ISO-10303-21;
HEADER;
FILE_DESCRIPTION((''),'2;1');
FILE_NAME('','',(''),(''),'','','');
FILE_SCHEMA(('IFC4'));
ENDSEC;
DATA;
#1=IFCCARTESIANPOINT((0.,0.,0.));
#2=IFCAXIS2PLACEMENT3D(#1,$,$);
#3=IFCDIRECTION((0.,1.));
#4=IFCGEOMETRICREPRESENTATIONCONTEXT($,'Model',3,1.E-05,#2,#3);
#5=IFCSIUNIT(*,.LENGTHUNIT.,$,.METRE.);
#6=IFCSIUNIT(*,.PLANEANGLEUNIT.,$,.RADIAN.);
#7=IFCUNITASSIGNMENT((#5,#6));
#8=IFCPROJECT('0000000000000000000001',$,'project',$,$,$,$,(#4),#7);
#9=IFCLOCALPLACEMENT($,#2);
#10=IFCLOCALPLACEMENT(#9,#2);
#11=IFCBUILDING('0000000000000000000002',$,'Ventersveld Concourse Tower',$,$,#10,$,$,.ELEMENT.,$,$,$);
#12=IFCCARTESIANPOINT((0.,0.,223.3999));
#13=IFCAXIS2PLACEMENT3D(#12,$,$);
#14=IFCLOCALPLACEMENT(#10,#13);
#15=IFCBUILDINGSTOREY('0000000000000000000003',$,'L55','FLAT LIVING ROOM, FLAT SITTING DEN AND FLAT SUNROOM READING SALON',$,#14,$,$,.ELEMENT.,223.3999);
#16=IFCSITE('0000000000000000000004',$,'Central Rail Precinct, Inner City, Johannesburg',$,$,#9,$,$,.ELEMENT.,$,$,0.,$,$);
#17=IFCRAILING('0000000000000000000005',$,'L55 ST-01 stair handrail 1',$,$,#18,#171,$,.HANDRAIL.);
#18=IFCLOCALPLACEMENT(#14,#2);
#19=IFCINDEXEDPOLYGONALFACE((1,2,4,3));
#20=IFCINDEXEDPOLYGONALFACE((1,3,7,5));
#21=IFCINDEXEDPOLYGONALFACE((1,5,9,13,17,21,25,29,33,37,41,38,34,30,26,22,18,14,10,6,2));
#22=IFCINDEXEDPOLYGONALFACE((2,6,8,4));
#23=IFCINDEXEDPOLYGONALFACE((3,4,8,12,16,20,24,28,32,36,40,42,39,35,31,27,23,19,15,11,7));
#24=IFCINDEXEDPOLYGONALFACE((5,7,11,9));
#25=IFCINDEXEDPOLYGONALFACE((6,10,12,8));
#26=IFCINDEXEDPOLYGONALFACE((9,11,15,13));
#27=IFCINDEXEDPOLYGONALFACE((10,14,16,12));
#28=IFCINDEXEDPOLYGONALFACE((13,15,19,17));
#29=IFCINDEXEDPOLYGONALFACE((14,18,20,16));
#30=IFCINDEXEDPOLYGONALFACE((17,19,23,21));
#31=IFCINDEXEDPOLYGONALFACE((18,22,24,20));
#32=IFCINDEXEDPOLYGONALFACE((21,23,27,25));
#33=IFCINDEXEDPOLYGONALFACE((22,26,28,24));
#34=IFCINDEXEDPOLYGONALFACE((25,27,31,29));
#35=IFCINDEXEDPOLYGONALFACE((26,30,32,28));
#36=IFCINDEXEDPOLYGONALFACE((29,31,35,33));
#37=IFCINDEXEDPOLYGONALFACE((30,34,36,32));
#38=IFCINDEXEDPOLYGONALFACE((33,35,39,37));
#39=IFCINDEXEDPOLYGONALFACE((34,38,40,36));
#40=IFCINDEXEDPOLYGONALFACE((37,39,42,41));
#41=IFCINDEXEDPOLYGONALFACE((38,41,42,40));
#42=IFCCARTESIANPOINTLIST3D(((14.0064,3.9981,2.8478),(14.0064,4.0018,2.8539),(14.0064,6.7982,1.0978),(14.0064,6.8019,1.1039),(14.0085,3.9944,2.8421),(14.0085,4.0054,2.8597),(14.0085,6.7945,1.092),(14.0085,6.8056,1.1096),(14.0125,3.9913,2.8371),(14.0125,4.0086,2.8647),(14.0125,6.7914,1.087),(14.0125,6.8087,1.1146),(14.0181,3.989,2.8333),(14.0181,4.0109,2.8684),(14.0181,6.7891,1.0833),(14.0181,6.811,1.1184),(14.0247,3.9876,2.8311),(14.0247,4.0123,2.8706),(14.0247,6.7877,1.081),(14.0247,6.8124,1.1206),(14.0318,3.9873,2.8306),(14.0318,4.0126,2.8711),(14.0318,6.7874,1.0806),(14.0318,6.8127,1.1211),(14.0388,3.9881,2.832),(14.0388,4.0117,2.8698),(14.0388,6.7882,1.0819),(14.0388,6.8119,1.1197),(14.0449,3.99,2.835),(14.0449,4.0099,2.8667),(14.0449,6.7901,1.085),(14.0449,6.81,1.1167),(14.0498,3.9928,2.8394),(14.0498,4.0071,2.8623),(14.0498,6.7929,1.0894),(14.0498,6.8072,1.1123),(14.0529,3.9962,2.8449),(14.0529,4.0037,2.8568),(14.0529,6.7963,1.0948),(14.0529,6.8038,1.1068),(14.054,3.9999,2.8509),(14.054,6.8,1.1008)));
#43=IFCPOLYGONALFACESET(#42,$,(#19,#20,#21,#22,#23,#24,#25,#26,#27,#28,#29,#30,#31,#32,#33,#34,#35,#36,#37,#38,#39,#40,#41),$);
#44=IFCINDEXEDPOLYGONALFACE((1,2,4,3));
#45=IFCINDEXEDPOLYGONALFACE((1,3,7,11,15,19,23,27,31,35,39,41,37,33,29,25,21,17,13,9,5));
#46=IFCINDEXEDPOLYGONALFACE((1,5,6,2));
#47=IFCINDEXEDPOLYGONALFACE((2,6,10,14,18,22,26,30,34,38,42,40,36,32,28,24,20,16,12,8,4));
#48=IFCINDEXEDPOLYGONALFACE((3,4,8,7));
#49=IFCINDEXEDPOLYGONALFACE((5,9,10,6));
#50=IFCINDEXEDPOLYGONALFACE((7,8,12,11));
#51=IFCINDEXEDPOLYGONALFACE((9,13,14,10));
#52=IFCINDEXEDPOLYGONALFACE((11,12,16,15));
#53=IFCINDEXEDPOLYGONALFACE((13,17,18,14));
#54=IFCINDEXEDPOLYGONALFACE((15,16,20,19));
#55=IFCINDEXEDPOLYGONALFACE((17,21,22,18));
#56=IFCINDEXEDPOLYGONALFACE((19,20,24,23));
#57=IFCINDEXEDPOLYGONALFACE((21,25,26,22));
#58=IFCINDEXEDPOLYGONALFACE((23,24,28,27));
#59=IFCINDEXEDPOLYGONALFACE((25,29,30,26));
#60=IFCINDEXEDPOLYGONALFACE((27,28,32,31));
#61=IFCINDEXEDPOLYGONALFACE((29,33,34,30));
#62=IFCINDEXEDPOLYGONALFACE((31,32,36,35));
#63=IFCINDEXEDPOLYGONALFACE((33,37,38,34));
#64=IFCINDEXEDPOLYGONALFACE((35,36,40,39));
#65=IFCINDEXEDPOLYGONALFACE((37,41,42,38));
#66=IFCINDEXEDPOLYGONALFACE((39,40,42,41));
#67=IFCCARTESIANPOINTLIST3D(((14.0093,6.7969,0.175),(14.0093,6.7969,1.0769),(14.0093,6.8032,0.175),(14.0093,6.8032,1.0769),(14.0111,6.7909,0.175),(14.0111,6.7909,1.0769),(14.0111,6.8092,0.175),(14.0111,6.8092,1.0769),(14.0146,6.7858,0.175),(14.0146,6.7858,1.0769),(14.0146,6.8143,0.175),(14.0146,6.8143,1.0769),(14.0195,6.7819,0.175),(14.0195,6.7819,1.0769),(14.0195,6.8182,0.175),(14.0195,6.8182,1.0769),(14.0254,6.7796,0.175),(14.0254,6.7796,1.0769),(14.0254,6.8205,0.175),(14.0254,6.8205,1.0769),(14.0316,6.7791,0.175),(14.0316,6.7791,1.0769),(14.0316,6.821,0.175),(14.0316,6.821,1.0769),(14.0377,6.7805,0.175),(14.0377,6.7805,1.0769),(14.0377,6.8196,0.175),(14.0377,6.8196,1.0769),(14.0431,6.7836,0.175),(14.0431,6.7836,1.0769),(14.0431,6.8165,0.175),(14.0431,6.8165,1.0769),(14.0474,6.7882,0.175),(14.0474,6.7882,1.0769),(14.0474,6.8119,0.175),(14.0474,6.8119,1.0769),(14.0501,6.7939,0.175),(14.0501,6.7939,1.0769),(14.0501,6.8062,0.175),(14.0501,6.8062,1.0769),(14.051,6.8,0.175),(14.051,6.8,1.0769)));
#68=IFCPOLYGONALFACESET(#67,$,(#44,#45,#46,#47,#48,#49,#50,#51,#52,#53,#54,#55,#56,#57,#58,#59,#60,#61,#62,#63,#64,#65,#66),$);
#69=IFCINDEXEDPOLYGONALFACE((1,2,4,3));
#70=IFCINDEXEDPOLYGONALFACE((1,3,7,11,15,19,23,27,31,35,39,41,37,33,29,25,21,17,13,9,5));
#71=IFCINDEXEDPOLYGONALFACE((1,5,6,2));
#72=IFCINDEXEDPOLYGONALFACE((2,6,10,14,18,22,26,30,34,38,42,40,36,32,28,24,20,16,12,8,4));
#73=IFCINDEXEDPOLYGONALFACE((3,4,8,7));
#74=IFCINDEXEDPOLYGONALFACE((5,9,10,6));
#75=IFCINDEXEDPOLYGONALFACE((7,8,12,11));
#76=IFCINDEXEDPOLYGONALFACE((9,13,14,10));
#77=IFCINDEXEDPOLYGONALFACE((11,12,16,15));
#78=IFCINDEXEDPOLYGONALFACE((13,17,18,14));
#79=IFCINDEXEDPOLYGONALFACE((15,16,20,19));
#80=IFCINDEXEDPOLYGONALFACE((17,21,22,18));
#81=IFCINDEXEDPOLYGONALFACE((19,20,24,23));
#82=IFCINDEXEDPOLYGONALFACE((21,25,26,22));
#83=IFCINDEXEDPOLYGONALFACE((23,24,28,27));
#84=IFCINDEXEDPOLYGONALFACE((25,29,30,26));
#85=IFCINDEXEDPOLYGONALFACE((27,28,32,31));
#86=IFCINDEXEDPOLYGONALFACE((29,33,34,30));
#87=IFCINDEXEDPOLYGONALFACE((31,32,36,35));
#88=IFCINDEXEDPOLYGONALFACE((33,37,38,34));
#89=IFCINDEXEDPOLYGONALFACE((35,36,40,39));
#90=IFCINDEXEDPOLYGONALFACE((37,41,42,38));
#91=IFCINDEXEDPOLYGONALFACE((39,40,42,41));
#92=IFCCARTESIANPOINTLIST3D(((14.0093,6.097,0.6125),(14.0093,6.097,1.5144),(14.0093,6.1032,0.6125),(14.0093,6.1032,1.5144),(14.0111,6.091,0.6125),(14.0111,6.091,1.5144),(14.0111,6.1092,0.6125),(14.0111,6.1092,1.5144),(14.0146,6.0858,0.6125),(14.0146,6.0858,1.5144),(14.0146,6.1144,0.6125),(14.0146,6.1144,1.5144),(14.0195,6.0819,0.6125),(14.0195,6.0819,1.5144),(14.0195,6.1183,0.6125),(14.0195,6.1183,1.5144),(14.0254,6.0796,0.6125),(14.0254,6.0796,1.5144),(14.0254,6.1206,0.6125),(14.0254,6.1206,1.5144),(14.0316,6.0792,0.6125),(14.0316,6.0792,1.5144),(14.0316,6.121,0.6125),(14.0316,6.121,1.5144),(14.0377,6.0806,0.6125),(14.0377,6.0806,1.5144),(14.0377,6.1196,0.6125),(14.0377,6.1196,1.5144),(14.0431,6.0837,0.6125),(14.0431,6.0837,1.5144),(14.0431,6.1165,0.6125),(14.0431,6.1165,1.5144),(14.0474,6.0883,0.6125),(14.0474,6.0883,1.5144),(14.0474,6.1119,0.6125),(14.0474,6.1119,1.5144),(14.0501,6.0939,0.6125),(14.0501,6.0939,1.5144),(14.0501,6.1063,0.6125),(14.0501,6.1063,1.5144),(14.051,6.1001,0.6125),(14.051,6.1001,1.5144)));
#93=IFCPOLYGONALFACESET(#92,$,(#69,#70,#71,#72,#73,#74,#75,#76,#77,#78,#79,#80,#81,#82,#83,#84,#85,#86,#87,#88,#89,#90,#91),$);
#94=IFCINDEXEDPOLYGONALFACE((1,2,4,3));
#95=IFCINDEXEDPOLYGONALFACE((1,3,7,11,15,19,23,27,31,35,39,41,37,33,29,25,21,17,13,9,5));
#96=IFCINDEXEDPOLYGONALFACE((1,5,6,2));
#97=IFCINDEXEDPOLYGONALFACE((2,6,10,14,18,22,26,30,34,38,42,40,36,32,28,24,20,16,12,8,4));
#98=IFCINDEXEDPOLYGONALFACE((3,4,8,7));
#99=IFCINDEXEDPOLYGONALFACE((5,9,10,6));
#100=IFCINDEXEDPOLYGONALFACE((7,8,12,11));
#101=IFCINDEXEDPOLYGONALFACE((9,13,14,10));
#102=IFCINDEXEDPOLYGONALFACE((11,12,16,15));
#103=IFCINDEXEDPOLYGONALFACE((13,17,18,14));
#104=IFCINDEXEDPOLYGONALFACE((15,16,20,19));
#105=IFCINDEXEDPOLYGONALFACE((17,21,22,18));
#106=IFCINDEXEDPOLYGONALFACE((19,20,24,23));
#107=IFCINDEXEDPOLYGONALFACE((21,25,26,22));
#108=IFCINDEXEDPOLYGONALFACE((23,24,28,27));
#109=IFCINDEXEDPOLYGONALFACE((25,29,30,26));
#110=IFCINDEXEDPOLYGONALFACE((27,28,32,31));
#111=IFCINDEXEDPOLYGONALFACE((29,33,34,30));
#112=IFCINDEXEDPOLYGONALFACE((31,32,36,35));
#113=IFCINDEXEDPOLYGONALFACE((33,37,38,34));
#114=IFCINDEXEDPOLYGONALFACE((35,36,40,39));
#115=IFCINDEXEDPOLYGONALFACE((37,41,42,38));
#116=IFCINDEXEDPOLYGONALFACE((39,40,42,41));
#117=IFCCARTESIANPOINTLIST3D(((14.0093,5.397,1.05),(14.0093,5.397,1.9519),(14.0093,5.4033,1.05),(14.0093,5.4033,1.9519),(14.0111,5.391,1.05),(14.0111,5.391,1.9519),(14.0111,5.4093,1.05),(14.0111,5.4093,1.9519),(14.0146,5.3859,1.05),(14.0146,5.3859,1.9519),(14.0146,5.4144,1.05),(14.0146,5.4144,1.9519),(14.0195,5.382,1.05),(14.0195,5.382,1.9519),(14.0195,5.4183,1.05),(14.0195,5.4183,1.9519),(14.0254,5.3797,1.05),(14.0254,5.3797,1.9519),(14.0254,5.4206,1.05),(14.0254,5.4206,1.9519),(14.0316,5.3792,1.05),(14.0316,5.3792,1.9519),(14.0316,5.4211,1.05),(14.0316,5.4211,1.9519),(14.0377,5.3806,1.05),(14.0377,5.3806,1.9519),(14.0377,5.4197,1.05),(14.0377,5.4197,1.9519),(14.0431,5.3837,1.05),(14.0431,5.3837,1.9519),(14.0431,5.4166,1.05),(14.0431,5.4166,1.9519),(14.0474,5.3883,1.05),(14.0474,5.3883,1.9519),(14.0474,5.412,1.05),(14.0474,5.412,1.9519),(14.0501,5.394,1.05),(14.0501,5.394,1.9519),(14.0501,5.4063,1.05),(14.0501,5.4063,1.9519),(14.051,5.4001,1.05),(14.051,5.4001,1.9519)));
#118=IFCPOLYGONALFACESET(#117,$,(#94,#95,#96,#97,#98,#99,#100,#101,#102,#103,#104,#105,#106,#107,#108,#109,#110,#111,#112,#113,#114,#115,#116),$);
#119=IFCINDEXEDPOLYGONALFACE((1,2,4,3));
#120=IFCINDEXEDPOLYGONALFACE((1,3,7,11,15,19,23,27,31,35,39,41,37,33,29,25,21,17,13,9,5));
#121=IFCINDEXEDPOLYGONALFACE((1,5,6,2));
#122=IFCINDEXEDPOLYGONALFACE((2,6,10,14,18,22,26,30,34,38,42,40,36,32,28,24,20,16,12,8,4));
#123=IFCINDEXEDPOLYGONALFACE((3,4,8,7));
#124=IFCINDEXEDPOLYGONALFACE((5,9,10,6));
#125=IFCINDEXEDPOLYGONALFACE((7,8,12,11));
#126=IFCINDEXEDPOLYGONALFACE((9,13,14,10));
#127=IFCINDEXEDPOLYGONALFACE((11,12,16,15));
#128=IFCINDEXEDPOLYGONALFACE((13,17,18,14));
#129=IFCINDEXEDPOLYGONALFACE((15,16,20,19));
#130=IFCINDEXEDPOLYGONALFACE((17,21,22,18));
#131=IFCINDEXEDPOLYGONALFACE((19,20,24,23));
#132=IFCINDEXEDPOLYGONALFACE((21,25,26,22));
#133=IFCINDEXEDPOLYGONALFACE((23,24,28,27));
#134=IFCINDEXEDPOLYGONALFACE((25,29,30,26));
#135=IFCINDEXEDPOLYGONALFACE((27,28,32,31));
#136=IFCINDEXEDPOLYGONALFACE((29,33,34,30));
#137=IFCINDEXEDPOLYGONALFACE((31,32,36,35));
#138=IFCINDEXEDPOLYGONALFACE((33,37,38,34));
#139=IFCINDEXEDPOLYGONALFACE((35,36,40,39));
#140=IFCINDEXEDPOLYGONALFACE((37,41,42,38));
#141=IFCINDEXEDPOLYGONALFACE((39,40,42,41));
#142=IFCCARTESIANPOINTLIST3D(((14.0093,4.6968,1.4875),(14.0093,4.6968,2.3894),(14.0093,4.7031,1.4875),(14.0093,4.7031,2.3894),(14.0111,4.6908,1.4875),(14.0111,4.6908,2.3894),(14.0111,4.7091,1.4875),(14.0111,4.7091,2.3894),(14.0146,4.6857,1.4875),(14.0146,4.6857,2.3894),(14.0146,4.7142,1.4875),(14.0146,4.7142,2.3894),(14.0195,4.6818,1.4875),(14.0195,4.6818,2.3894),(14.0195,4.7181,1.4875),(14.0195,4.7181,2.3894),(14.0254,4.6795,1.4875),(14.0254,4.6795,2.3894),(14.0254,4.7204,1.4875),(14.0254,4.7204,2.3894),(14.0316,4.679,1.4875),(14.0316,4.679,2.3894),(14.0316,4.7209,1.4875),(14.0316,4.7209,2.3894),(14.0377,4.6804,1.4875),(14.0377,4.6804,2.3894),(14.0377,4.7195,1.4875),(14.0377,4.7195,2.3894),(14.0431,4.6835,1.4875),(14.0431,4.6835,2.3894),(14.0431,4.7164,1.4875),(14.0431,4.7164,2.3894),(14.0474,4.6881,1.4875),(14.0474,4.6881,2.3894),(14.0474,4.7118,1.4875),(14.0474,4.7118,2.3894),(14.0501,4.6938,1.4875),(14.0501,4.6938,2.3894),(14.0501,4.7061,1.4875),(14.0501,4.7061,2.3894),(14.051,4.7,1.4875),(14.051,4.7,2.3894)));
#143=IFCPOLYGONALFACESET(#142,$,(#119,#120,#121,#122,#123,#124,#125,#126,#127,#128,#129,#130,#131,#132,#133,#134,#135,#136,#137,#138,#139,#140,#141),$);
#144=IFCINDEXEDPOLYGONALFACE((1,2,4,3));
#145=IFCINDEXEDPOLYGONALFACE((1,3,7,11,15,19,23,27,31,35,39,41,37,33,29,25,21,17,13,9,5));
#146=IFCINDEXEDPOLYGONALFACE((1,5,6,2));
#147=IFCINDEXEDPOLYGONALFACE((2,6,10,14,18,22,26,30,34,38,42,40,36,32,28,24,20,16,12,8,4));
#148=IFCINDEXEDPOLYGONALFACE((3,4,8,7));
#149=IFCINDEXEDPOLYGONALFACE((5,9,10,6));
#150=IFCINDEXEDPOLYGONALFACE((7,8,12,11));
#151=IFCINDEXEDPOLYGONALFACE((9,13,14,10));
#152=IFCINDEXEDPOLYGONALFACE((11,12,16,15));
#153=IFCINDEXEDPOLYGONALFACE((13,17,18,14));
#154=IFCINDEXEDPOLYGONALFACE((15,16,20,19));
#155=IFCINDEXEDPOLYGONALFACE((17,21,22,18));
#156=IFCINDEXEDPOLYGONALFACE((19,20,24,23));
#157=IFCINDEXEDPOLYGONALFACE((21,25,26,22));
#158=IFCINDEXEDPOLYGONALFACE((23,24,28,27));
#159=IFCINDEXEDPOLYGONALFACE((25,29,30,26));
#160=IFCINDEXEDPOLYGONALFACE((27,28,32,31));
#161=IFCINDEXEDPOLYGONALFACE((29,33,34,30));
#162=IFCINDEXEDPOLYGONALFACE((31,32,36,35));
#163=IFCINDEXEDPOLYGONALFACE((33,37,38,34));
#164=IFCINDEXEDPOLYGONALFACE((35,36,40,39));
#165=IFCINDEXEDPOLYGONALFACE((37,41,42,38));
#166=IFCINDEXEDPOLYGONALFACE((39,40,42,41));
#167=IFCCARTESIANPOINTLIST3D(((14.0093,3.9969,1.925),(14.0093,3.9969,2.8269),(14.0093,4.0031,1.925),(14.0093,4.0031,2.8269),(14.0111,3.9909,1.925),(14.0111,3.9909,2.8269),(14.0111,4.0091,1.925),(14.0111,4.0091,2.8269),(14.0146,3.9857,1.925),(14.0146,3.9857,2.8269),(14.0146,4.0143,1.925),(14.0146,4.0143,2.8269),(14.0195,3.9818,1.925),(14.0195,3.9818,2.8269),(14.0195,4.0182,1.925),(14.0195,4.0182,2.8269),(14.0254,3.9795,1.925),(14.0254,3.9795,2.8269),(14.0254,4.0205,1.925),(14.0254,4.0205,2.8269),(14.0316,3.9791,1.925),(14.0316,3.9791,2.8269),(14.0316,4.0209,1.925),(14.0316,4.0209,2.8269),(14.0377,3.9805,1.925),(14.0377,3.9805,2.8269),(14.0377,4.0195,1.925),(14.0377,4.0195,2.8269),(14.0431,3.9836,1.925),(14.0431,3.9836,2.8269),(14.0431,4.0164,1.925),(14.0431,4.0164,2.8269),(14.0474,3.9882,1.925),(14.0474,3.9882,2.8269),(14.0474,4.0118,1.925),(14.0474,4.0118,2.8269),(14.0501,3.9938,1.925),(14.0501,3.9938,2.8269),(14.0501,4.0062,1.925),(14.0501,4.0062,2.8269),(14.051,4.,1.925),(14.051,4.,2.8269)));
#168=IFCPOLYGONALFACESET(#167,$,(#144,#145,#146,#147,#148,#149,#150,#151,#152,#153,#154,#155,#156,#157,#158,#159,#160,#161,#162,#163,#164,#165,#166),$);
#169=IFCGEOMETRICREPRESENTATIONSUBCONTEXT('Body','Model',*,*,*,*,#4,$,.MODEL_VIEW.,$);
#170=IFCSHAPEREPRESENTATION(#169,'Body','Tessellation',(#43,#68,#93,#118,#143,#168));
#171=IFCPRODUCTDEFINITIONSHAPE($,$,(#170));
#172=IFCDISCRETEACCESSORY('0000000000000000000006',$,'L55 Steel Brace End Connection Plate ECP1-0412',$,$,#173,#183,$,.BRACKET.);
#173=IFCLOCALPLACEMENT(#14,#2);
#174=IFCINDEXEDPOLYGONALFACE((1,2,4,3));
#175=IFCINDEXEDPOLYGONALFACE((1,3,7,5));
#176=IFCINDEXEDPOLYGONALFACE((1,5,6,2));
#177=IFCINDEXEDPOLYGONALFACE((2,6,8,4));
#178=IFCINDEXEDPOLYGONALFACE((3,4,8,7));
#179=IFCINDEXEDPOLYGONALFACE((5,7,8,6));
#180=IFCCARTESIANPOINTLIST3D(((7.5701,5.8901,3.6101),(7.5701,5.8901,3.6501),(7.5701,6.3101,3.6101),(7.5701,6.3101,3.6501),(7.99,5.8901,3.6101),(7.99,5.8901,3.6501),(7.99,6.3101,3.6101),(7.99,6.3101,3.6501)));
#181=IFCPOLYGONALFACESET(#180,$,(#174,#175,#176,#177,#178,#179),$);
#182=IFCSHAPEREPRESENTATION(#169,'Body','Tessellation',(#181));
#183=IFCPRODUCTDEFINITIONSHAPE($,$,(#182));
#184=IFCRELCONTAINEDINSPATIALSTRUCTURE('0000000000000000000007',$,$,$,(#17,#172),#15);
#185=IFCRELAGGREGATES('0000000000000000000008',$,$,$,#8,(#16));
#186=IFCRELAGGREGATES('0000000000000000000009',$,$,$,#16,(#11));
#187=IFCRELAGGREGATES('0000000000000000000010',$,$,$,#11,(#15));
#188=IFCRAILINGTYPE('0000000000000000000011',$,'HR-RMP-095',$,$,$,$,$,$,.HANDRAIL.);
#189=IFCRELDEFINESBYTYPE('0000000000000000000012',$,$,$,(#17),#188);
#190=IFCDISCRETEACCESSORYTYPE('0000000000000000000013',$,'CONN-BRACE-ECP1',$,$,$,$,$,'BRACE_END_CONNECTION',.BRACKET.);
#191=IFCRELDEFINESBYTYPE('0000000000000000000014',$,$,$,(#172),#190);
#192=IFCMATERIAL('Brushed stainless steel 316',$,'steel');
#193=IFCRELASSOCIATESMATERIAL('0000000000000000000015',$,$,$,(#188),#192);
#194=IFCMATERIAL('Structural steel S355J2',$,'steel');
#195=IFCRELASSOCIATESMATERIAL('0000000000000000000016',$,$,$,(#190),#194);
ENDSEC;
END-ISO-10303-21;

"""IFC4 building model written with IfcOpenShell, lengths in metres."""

from ifc_helpers import new_model, si_unit, direction, frame, origin, origin_2d, place, context, subcontext, project, spatial, rectangle, circle, extrude, material, type_object, element, save


model = new_model("IFC4")

# Units and contexts
model_context = context("Model", 3, precision=1e-05, world=origin(), true_north=direction((0.0, 1.0)))
body_context = subcontext(model_context, "Body", "Model", "MODEL_VIEW")
ifc_project = project(units=[si_unit("LENGTHUNIT", "METRE"), si_unit("PLANEANGLEUNIT", "RADIAN")], contexts=[model_context])

# Site, building, storey
site_placement = place(None, origin())
site = spatial("IfcSite", under=ifc_project, at=site_placement, Name="Central Rail Precinct, Inner City, Johannesburg", CompositionType="ELEMENT", RefElevation=0.0)
building_placement = place(site_placement, origin())
building = spatial("IfcBuilding", under=site, at=building_placement, Name="Ventersveld Concourse Tower", CompositionType="ELEMENT")
storey_placement = place(building_placement, frame((0.0, 0.0, 223.3999)))
storey = spatial("IfcBuildingStorey", under=building, at=storey_placement, Name="L55", Description="FLAT LIVING ROOM, FLAT SITTING DEN AND FLAT SUNROOM READING SALON", CompositionType="ELEMENT", Elevation=223.3999)

# Shared definitions
ifc_material_1 = material(Name="Structural steel S355J2", Category="steel")

# Railing
ifc_material_2 = material(Name="Brushed stainless steel 316", Category="steel")
railing_type = type_object("IfcRailingType", Name="HR-RMP-095", PredefinedType="HANDRAIL", material=ifc_material_2)
railing_placement = place(storey_placement, frame((14.03, 6.8, 0.175)))
element("IfcRailing", 1, at=railing_placement, inside=storey, type_object=railing_type, Name="L55 ST-01 stair handrail 1", PredefinedType="HANDRAIL", context=body_context, shape_type="SweptSolid", body=[
    extrude(circle(Radius=0.0239, at=origin_2d()), frame((0.0, 0.0, 0.9258), z_axis=(0.0, -0.848002, 0.529992), x_axis=(1.0, 0.0, 0.0)), (0.0, 0.0, 1.0), 3.302),
    extrude(circle(Radius=0.021, at=origin_2d()), origin(), (0.0, 0.0, 1.0), 0.9019),
    extrude(circle(Radius=0.021, at=origin_2d()), frame((0.0, -0.7, 0.4375)), (0.0, 0.0, 1.0), 0.9019),
    extrude(circle(Radius=0.021, at=origin_2d()), frame((0.0, -1.3999, 0.875)), (0.0, 0.0, 1.0), 0.9019),
    extrude(circle(Radius=0.021, at=origin_2d()), frame((0.0, -2.1001, 1.3125)), (0.0, 0.0, 1.0), 0.9019),
    extrude(circle(Radius=0.021, at=origin_2d()), frame((0.0, -2.8, 1.75)), (0.0, 0.0, 1.0), 0.9019),
])

# Discrete accessory
discrete_accessory_type = type_object("IfcDiscreteAccessoryType", Name="CONN-BRACE-ECP1", ElementType="BRACE_END_CONNECTION", PredefinedType="BRACKET", material=ifc_material_1)
discrete_accessory_placement = place(storey_placement, frame((7.78, 6.1001, 3.6101), z_axis=(0.0, 0.0, 1.0), x_axis=(1.0, 0.0, 0.0)))
element("IfcDiscreteAccessory", 2, at=discrete_accessory_placement, inside=storey, type_object=discrete_accessory_type, Name="L55 Steel Brace End Connection Plate ECP1-0412", PredefinedType="BRACKET", context=body_context, shape_type="SweptSolid", body=[
    extrude(rectangle(XDim=0.4199, YDim=0.4199, at=origin_2d()), origin(), (0.0, 0.0, 1.0), 0.04),
])

save(model, "model.ifc")
